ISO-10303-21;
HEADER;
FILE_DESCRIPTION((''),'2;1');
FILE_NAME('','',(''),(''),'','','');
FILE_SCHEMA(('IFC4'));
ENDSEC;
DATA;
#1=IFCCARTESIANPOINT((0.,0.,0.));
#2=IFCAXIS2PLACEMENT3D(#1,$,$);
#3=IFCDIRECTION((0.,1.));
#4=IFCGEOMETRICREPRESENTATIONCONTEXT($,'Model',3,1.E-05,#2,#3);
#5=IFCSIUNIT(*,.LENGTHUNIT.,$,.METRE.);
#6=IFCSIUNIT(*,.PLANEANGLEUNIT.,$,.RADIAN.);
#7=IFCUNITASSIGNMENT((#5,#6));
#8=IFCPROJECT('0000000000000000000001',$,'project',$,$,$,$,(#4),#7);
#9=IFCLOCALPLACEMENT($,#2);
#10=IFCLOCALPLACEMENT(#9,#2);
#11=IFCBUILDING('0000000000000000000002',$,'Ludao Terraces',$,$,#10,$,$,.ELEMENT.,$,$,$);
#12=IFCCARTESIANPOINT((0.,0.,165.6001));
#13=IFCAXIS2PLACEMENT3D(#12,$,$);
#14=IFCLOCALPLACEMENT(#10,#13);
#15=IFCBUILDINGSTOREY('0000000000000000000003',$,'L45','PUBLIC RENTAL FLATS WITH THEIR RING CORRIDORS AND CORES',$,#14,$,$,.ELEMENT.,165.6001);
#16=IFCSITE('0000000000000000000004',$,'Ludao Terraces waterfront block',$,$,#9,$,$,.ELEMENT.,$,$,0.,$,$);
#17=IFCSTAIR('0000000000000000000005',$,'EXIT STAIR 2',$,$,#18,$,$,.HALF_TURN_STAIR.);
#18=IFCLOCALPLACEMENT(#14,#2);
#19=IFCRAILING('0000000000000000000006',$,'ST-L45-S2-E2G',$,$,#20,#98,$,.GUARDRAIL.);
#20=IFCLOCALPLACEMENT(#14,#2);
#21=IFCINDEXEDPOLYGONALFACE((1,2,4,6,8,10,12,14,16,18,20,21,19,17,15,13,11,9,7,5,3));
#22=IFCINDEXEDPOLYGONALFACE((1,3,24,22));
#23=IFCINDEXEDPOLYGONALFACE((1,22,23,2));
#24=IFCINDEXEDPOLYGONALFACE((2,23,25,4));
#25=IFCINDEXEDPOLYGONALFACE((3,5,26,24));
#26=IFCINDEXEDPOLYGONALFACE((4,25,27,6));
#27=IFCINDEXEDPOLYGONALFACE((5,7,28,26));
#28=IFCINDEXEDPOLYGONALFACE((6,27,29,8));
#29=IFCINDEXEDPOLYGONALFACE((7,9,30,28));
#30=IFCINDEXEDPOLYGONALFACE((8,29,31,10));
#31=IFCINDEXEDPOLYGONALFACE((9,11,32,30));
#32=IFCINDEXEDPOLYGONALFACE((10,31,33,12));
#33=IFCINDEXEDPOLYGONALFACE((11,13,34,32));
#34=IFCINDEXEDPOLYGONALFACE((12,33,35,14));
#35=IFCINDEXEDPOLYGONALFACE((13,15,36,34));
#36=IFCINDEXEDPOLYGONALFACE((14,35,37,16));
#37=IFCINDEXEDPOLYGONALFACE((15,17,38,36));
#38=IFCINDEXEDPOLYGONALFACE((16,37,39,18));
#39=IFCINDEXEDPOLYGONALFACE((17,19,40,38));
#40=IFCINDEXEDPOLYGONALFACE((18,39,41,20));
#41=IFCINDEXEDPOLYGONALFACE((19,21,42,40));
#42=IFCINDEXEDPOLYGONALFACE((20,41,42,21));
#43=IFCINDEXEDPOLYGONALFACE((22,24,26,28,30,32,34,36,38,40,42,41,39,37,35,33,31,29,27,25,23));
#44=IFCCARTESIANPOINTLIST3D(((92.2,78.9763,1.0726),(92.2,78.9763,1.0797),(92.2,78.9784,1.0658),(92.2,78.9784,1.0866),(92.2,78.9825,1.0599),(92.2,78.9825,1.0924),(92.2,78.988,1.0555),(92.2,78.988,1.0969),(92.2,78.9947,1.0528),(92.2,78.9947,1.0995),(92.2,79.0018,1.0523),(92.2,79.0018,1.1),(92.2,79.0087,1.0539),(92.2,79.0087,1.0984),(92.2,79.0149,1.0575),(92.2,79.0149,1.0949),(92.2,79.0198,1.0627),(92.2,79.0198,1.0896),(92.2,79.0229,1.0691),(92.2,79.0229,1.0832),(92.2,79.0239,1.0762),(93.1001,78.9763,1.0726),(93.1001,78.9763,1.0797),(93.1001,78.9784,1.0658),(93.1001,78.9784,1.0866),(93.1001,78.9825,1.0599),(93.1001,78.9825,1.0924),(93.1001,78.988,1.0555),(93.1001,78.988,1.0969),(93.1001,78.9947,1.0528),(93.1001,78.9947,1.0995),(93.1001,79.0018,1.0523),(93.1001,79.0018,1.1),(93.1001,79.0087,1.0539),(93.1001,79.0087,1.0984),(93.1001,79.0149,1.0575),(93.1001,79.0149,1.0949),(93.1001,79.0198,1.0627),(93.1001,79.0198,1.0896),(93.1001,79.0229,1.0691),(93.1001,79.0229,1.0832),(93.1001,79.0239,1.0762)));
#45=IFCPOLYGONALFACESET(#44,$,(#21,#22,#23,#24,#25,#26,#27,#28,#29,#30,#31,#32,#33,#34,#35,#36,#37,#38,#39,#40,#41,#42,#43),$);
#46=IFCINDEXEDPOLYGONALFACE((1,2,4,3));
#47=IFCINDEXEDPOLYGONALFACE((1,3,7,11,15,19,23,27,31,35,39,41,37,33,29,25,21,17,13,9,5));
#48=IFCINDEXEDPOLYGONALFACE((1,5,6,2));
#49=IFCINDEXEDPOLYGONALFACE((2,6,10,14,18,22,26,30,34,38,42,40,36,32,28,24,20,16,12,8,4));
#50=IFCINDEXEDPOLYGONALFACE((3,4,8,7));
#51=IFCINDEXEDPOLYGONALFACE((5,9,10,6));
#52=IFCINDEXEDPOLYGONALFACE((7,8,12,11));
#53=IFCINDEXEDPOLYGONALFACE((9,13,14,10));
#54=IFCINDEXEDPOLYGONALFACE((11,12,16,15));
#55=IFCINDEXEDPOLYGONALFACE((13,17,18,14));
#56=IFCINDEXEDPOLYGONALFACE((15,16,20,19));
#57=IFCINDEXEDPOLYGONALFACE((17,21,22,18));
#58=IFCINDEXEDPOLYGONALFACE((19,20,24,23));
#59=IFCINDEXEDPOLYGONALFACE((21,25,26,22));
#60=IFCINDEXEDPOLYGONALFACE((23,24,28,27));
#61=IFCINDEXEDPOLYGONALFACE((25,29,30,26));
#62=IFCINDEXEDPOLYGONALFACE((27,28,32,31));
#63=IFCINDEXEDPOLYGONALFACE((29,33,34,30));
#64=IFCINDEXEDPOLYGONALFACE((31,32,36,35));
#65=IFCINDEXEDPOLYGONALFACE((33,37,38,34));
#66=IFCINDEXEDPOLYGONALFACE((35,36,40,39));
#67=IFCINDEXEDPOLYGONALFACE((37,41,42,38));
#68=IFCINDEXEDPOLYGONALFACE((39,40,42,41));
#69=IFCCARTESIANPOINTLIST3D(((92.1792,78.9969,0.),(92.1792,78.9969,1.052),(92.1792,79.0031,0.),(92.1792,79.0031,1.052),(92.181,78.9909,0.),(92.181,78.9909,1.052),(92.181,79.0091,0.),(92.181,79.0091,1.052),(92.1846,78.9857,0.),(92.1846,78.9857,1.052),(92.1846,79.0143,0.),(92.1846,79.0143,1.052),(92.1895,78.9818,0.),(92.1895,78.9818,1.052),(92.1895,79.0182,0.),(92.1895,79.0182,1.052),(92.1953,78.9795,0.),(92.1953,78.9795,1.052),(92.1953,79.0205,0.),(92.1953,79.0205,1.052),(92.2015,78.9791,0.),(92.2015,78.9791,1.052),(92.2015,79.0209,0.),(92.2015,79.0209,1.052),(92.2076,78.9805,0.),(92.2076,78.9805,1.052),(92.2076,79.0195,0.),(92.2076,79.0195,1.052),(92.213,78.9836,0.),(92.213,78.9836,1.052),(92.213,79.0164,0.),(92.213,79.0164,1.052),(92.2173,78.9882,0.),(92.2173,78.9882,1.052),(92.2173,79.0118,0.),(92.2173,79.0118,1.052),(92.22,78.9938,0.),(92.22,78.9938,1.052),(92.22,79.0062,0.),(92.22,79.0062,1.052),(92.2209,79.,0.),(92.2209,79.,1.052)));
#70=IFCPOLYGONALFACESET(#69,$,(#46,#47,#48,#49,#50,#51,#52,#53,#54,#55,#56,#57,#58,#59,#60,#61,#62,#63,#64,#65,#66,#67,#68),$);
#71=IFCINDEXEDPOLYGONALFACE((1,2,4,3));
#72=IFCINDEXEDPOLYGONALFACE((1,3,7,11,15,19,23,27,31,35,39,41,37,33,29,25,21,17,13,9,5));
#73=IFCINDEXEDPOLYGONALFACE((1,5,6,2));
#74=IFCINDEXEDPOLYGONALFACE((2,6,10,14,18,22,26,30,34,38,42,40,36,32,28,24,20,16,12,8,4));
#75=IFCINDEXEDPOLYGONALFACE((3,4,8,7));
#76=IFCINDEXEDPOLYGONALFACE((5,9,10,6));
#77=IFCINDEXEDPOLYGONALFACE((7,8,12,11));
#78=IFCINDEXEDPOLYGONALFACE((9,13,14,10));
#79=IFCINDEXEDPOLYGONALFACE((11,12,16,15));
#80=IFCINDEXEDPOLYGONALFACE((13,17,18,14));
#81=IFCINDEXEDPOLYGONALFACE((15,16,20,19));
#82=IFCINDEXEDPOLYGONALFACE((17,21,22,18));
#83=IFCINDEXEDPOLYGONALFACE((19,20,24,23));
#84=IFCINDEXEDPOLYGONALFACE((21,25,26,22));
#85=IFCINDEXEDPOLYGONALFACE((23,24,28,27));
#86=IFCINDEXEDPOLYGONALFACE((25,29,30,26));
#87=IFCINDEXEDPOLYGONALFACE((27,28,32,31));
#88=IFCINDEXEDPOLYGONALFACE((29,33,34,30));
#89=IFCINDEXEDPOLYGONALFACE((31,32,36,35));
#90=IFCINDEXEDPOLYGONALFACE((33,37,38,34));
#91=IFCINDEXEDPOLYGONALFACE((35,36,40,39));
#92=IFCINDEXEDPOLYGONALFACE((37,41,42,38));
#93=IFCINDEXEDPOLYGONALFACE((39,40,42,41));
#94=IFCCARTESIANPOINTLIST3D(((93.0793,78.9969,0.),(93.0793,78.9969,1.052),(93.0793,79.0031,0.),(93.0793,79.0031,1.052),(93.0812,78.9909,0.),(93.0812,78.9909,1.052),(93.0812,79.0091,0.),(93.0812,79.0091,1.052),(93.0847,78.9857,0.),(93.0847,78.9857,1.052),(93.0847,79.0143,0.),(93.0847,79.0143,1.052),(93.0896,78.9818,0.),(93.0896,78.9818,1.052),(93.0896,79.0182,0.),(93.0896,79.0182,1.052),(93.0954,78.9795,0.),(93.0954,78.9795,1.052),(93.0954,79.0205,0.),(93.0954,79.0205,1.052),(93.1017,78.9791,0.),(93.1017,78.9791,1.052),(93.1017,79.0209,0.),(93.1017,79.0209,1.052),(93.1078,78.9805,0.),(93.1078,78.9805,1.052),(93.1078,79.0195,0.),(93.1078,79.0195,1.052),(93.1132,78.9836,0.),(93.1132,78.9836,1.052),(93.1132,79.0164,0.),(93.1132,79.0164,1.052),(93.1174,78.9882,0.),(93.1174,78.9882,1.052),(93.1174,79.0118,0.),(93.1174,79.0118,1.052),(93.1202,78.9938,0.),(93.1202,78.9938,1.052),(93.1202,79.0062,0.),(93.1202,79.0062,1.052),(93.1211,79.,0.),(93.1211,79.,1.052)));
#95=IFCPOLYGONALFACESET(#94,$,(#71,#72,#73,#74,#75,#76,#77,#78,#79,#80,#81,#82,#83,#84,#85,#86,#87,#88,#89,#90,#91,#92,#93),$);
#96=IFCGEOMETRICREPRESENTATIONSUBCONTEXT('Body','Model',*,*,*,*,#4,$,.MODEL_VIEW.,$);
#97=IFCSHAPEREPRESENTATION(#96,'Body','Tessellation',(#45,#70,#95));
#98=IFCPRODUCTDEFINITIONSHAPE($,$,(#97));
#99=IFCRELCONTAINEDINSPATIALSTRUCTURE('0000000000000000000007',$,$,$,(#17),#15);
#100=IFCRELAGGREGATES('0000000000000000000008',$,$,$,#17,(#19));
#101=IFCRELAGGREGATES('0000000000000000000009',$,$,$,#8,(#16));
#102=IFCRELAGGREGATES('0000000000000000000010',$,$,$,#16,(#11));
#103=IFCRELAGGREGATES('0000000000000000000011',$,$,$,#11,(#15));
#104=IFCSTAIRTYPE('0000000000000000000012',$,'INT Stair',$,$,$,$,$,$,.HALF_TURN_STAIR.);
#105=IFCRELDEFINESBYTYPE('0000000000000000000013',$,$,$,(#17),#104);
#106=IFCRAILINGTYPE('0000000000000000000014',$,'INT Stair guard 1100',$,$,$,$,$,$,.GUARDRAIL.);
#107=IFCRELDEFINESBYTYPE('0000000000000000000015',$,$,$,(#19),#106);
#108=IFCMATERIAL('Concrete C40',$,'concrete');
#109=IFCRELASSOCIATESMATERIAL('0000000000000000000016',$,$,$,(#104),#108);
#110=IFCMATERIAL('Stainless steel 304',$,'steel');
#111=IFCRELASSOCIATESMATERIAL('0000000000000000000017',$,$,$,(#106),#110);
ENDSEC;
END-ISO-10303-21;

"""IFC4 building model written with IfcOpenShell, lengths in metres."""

from ifc_helpers import new_model, si_unit, direction, frame, origin, origin_2d, place, context, subcontext, project, spatial, circle, extrude, material, type_object, element, aggregate, save


model = new_model("IFC4")

# Units and contexts
model_context = context("Model", 3, precision=1e-05, world=origin(), true_north=direction((0.0, 1.0)))
body_context = subcontext(model_context, "Body", "Model", "MODEL_VIEW")
ifc_project = project(units=[si_unit("LENGTHUNIT", "METRE"), si_unit("PLANEANGLEUNIT", "RADIAN")], contexts=[model_context])

# Site, building, storey
site_placement = place(None, origin())
site = spatial("IfcSite", under=ifc_project, at=site_placement, Name="Ludao Terraces waterfront block", CompositionType="ELEMENT", RefElevation=0.0)
building_placement = place(site_placement, origin())
building = spatial("IfcBuilding", under=site, at=building_placement, Name="Ludao Terraces", CompositionType="ELEMENT")
storey_placement = place(building_placement, frame((0.0, 0.0, 165.6001)))
storey = spatial("IfcBuildingStorey", under=building, at=storey_placement, Name="L45", Description="PUBLIC RENTAL FLATS WITH THEIR RING CORRIDORS AND CORES", CompositionType="ELEMENT", Elevation=165.6001)

# Shared definitions
ifc_material_1 = material(Name="Stainless steel 304", Category="steel")

# Stair, railing
ifc_material_2 = material(Name="Concrete C40", Category="concrete")
stair_type = type_object("IfcStairType", Name="INT Stair", PredefinedType="HALF_TURN_STAIR", material=ifc_material_2)
stair_placement = place(storey_placement, origin())
stair = element("IfcStair", 1, at=stair_placement, inside=storey, type_object=stair_type, Name="EXIT STAIR 2", PredefinedType="HALF_TURN_STAIR")
railing_type_1 = type_object("IfcRailingType", Name="INT Stair guard 1100", PredefinedType="GUARDRAIL", material=ifc_material_1)
railing_1_placement = place(storey_placement, frame((92.2, 79.0, 0.0)))
railing_1 = element("IfcRailing", 2, at=railing_1_placement, type_object=railing_type_1, Name="ST-L45-S2-E2G", PredefinedType="GUARDRAIL", context=body_context, shape_type="SweptSolid", body=[
    extrude(circle(Radius=0.0239, at=origin_2d()), frame((0.0, 0.0, 1.0762), z_axis=(1.0, 0.0, 0.0), x_axis=(0.0, 1.0, 0.0)), (0.0, 0.0, 1.0), 0.9001),
    extrude(circle(Radius=0.021, at=origin_2d()), origin(), (0.0, 0.0, 1.0), 1.052),
    extrude(circle(Radius=0.021, at=origin_2d()), frame((0.9001, 0.0, 0.0)), (0.0, 0.0, 1.0), 1.052),
])
aggregate(stair, [railing_1])

save(model, "model.ifc")
